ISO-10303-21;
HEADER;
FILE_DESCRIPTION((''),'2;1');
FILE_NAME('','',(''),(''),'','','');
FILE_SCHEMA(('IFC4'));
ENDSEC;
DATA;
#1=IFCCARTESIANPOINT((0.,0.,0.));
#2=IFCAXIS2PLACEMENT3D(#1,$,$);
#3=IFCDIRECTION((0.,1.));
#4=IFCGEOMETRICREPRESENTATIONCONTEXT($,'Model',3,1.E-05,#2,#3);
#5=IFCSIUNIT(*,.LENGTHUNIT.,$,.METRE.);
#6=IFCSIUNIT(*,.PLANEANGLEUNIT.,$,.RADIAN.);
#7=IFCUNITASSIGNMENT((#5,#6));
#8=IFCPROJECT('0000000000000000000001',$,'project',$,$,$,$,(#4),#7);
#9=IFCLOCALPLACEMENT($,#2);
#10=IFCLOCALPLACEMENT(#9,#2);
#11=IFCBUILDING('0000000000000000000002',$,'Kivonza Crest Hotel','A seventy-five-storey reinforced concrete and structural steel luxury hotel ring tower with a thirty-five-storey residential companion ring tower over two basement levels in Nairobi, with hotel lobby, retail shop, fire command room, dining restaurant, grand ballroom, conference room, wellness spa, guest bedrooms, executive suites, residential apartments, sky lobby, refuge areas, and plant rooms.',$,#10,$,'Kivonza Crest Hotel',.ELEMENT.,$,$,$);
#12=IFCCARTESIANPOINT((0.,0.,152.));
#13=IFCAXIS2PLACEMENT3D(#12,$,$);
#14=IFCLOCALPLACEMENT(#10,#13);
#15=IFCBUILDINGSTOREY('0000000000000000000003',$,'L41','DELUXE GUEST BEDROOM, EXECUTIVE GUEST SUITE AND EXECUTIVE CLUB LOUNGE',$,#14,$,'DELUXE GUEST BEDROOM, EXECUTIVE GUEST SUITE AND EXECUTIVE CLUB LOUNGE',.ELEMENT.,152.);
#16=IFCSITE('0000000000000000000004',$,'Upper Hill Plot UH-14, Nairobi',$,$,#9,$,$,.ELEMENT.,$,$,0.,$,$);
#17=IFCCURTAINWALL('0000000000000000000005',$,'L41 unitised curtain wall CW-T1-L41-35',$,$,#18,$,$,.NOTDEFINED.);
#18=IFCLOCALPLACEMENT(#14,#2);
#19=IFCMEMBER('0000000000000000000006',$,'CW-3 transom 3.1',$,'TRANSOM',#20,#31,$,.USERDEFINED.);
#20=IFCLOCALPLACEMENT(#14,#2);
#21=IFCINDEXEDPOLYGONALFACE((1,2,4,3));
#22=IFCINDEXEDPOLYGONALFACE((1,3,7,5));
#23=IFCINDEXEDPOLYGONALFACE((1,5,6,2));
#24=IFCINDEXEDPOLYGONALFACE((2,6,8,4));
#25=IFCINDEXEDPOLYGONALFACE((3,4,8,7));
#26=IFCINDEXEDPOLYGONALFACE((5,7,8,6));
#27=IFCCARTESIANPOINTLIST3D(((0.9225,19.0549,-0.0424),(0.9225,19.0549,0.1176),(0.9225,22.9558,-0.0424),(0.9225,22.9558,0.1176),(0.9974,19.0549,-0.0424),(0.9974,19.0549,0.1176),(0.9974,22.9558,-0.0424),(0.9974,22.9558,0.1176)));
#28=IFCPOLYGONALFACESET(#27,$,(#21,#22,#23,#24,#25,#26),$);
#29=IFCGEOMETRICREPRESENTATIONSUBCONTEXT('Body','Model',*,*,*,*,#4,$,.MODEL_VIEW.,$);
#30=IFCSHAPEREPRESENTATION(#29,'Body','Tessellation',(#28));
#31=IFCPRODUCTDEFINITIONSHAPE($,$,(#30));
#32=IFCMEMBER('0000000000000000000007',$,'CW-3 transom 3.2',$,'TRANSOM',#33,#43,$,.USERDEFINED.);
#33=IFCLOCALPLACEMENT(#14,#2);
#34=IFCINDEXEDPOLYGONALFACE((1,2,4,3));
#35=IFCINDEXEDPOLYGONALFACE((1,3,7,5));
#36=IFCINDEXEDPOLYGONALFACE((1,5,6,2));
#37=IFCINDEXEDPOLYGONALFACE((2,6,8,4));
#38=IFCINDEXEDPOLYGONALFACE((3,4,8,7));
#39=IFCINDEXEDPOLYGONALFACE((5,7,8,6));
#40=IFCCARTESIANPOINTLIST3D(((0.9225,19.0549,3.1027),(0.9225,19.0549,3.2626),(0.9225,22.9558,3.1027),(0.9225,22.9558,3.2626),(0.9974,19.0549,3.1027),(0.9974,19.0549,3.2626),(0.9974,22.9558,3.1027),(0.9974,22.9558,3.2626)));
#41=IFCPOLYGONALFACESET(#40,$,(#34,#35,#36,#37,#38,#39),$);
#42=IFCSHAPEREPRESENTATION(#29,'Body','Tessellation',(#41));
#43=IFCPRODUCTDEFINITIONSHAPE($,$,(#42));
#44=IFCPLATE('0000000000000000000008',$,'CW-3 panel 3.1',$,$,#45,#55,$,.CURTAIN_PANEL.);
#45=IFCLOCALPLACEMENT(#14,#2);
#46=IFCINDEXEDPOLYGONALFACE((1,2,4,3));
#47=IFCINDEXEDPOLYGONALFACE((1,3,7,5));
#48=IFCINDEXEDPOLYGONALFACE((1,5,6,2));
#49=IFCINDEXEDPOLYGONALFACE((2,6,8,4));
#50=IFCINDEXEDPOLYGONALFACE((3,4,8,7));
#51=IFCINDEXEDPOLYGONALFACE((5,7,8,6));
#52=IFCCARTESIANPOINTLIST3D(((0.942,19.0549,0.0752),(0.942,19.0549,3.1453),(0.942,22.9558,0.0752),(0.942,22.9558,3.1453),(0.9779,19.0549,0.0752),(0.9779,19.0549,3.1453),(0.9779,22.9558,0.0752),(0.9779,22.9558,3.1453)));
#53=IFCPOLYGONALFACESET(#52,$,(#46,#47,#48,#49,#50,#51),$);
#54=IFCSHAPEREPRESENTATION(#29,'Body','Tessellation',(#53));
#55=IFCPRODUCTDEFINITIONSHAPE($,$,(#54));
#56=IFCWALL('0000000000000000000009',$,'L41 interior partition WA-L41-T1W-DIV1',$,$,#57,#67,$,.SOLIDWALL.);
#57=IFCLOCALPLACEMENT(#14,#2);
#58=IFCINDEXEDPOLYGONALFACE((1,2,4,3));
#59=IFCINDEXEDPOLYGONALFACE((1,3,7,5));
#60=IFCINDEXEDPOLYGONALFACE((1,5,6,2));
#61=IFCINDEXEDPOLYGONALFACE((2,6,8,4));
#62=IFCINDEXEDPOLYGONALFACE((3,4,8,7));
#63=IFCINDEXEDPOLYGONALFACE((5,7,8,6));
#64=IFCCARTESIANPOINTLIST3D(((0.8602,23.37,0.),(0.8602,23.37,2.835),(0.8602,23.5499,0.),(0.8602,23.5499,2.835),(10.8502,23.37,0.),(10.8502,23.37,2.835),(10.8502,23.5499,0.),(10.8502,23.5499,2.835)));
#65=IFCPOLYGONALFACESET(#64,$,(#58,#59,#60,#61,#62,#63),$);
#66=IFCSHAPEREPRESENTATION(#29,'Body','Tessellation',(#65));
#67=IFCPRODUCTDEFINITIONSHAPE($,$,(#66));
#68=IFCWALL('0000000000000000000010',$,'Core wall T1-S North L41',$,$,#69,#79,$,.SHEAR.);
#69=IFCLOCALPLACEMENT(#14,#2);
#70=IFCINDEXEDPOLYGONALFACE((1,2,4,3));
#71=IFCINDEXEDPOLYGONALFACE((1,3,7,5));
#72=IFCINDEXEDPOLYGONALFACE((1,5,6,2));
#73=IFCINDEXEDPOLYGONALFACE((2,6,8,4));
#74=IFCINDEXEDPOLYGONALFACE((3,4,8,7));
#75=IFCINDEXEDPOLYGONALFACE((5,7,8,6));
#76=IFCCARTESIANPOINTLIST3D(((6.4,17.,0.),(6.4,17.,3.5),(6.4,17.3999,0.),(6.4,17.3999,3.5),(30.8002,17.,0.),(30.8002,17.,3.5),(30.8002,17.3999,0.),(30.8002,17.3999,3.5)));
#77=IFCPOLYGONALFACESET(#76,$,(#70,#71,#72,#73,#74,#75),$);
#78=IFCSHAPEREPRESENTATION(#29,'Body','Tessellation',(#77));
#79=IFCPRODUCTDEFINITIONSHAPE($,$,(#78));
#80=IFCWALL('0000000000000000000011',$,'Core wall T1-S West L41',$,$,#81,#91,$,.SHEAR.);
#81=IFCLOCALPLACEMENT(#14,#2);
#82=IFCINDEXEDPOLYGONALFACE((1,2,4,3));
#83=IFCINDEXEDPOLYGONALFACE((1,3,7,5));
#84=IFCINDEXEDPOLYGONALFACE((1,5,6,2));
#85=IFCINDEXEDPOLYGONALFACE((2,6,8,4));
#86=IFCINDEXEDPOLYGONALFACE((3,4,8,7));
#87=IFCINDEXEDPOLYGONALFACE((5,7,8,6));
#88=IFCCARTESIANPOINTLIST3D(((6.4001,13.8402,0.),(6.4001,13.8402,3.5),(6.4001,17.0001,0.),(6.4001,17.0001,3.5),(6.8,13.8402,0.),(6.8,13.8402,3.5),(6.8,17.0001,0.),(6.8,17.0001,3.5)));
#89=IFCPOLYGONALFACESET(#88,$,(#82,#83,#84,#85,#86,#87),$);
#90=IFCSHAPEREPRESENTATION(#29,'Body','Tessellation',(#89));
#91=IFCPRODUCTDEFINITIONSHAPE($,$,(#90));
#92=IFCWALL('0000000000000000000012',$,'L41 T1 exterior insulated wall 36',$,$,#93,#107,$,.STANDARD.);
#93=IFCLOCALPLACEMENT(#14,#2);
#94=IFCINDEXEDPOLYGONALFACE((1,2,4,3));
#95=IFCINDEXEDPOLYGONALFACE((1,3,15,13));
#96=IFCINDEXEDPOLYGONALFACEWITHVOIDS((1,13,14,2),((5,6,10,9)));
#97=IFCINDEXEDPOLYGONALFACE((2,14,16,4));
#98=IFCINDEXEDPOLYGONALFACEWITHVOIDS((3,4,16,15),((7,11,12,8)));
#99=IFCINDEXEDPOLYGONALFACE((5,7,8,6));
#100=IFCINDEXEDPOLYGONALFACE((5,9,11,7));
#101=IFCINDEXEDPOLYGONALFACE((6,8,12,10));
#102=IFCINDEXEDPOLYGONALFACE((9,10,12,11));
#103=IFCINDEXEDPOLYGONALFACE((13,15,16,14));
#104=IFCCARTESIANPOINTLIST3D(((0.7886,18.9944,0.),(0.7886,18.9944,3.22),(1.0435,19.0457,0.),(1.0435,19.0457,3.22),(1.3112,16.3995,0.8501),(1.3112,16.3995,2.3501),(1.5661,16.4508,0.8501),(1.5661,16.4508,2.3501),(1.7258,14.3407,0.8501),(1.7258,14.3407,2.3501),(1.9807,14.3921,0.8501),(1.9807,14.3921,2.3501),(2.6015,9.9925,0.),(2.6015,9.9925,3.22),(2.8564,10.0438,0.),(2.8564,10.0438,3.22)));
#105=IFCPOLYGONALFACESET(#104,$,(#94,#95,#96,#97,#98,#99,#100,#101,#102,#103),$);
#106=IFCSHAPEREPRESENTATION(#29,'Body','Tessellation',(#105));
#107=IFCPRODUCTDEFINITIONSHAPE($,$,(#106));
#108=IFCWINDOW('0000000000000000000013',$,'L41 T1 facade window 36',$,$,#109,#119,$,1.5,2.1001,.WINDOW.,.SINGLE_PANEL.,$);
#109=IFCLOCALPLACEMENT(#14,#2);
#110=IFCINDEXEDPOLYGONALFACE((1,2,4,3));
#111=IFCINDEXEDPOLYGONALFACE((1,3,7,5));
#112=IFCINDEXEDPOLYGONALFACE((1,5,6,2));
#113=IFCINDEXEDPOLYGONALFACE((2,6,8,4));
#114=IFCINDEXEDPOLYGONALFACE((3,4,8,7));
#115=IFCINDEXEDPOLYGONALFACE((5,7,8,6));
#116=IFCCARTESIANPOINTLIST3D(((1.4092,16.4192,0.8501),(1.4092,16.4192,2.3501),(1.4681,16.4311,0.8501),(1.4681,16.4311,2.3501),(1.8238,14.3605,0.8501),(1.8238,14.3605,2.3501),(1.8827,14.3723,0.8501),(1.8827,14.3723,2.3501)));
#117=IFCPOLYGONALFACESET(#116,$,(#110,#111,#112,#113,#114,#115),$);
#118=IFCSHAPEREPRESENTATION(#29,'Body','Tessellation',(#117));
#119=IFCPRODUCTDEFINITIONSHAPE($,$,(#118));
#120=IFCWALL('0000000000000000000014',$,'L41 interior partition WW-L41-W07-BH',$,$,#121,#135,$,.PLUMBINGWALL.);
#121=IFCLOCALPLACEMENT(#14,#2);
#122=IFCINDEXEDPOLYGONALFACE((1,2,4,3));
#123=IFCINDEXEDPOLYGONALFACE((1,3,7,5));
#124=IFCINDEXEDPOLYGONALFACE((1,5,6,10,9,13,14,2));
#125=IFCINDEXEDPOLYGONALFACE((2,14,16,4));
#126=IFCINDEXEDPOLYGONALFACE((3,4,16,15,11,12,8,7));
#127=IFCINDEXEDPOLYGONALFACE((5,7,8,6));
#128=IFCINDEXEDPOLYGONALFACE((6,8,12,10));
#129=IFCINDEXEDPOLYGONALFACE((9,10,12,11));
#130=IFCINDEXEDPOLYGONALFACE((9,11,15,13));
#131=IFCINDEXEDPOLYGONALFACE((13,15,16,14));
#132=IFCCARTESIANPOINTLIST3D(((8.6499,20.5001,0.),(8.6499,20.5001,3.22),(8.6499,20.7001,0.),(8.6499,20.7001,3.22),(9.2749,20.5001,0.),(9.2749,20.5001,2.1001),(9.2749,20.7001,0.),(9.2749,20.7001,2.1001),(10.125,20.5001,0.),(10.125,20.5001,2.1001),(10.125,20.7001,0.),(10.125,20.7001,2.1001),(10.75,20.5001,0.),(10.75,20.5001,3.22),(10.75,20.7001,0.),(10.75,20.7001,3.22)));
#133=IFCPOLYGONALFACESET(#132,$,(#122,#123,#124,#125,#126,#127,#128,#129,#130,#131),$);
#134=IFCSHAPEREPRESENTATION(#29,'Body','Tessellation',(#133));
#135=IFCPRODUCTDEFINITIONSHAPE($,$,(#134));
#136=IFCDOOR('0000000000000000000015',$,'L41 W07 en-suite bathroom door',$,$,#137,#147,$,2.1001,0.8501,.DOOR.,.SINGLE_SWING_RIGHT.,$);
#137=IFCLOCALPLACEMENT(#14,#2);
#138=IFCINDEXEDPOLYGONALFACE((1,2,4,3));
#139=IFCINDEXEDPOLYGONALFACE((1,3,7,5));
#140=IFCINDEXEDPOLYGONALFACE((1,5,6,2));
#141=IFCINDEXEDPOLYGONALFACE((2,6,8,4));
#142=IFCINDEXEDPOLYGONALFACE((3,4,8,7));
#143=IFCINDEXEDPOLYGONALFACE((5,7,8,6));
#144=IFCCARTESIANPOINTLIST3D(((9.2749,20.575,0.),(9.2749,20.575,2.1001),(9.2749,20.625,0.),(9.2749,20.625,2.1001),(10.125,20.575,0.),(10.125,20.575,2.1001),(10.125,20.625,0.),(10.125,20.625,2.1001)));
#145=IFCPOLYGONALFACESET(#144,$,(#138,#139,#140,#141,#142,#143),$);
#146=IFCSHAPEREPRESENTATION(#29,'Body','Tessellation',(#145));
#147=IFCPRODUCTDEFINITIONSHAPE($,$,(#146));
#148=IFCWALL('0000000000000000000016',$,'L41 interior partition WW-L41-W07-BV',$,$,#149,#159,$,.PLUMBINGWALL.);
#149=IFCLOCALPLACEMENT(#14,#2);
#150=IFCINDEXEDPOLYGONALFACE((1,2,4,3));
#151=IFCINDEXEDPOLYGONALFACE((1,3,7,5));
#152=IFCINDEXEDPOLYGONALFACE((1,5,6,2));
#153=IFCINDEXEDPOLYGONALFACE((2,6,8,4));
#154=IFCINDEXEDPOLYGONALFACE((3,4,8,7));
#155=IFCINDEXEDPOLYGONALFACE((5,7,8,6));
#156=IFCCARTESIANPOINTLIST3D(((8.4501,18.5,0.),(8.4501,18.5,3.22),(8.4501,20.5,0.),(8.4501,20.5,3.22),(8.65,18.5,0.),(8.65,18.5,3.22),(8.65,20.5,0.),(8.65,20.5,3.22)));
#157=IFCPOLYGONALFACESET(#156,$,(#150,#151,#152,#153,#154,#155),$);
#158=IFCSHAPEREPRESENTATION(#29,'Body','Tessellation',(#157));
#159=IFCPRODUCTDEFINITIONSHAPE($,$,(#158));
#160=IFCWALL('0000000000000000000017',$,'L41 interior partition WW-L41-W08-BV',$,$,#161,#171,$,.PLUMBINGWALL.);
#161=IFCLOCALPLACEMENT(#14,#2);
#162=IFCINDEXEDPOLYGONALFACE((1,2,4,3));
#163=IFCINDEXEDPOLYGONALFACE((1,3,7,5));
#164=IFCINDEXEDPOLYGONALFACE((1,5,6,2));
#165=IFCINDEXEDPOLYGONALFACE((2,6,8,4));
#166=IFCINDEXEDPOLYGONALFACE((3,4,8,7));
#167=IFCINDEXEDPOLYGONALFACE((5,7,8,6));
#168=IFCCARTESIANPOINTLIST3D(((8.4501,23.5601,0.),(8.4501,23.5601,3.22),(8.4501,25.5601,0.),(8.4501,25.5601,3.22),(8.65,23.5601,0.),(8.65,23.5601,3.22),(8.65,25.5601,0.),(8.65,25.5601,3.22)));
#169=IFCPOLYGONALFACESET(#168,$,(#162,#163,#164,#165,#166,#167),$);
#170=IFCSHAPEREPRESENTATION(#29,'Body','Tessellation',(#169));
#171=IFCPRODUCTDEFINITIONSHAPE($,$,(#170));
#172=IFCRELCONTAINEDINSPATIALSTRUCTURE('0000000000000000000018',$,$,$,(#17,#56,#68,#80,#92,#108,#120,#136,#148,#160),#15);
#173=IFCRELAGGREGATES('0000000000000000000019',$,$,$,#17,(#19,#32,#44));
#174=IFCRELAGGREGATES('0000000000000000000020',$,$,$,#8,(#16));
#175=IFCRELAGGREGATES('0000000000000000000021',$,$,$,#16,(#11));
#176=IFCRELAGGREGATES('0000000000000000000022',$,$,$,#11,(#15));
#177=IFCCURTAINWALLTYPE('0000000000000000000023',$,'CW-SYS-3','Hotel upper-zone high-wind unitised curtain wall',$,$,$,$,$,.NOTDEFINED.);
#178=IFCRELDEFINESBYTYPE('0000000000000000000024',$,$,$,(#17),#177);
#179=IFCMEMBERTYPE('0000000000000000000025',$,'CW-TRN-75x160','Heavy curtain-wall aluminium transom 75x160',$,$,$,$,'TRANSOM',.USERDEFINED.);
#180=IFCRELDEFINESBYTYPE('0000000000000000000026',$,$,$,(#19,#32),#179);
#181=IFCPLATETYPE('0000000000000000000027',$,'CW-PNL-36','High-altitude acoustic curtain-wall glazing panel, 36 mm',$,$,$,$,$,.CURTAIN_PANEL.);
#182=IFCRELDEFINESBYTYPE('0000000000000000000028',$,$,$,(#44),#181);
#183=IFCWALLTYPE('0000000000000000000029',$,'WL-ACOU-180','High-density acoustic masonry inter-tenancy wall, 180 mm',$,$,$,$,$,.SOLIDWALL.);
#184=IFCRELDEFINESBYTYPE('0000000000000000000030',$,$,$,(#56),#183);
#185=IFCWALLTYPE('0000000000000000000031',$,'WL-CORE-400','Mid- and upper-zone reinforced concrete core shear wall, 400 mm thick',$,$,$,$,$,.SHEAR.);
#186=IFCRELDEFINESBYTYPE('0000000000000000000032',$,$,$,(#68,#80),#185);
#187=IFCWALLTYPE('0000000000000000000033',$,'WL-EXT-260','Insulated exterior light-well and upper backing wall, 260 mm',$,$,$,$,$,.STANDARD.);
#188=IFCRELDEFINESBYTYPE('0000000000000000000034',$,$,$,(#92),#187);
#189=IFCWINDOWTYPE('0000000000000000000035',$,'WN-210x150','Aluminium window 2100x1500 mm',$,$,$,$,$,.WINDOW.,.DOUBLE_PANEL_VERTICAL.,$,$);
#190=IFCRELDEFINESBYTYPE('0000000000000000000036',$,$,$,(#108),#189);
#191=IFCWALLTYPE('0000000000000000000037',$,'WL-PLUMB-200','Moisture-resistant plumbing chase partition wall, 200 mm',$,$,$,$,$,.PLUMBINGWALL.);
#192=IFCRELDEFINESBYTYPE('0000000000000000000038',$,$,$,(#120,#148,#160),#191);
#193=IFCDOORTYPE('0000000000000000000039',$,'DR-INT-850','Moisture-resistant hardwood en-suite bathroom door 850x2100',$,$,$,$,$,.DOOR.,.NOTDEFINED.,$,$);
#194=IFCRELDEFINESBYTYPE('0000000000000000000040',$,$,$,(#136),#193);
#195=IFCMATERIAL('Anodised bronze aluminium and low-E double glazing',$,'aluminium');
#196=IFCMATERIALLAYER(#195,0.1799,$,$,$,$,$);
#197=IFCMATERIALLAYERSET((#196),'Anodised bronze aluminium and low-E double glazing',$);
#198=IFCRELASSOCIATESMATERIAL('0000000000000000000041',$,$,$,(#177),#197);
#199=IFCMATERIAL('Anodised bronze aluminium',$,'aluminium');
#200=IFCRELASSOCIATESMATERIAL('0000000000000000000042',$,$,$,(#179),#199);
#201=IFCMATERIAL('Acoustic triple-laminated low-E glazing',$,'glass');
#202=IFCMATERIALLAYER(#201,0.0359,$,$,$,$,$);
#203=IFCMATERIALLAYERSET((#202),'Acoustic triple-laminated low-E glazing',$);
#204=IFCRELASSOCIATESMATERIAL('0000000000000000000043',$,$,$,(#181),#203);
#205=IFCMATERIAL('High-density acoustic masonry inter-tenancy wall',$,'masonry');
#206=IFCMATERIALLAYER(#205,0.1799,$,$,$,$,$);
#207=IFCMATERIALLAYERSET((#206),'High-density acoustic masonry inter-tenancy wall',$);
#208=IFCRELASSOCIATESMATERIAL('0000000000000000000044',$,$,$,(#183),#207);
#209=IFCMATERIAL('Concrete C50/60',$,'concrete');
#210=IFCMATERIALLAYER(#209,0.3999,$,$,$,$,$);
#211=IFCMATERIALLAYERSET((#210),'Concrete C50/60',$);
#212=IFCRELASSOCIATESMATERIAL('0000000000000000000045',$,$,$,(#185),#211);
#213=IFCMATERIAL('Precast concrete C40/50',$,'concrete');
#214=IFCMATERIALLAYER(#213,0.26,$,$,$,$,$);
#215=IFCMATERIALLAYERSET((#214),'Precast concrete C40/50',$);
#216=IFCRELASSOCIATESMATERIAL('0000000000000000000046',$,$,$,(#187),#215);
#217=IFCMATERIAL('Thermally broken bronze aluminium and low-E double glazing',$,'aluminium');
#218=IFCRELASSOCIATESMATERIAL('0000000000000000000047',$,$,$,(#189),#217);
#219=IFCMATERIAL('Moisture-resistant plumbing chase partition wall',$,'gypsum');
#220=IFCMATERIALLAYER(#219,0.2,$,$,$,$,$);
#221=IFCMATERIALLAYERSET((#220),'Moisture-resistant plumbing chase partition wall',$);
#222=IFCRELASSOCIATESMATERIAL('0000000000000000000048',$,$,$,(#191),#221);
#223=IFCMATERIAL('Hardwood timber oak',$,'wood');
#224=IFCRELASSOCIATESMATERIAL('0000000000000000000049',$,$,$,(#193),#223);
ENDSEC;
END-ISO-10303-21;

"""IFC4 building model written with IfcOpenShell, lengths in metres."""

from ifc_helpers import new_model, si_unit, direction, frame, frame_2d, origin, origin_2d, place, context, subcontext, project, spatial, rectangle, extrude, material, layer, layer_set, material_profile, profile_set, type_object, element, fill, aggregate, save


model = new_model("IFC4")

# Units and contexts
model_context = context("Model", 3, precision=1e-05, world=origin(), true_north=direction((0.0, 1.0)))
body_context = subcontext(model_context, "Body", "Model", "MODEL_VIEW")
ifc_project = project(units=[si_unit("LENGTHUNIT", "METRE"), si_unit("PLANEANGLEUNIT", "RADIAN")], contexts=[model_context])

# Site, building, storey
site_placement = place(None, origin())
site = spatial("IfcSite", under=ifc_project, at=site_placement, Name="Upper Hill Plot UH-14, Nairobi", CompositionType="ELEMENT", RefElevation=0.0)
building_placement = place(site_placement, origin())
building = spatial("IfcBuilding", under=site, at=building_placement, Name="Kivonza Crest Hotel", Description="A seventy-five-storey reinforced concrete and structural steel luxury hotel ring tower with a thirty-five-storey residential companion ring tower over two basement levels in Nairobi, with hotel lobby, retail shop, fire command room, dining restaurant, grand ballroom, conference room, wellness spa, guest bedrooms, executive suites, residential apartments, sky lobby, refuge areas, and plant rooms.", LongName="Kivonza Crest Hotel", CompositionType="ELEMENT")
storey_placement = place(building_placement, frame((0.0, 0.0, 152.0)))
storey = spatial("IfcBuildingStorey", under=building, at=storey_placement, Name="L41", Description="DELUXE GUEST BEDROOM, EXECUTIVE GUEST SUITE AND EXECUTIVE CLUB LOUNGE", LongName="DELUXE GUEST BEDROOM, EXECUTIVE GUEST SUITE AND EXECUTIVE CLUB LOUNGE", CompositionType="ELEMENT", Elevation=152.0)

# Shared definitions
ifc_material_1 = material(Name="Concrete C50/60", Category="concrete")

# Curtain wall, members, plate
ifc_material_2 = material(Name="Anodised bronze aluminium and low-E double glazing", Category="aluminium")
ifc_layer_1 = layer(ifc_material_2, 0.1799)
ifc_layer_set_1 = layer_set([ifc_layer_1], Name="Anodised bronze aluminium and low-E double glazing")
curtain_wall_type = type_object("IfcCurtainWallType", Name="CW-SYS-3", Description="Hotel upper-zone high-wind unitised curtain wall", PredefinedType="NOTDEFINED", material=ifc_layer_set_1)
curtain_wall_placement = place(storey_placement, origin())
curtain_wall = element("IfcCurtainWall", 1, at=curtain_wall_placement, inside=storey, type_object=curtain_wall_type, Name="L41 unitised curtain wall CW-T1-L41-35", PredefinedType="NOTDEFINED")
ifc_material_3 = material(Name="Anodised bronze aluminium", Category="aluminium")
ifc_material_profile_1 = material_profile(ifc_material_3, rectangle(XDim=0.075, YDim=0.1599, at=origin_2d()), Name="CW-T 75x160")
ifc_profile_set_1 = profile_set([ifc_material_profile_1], Name="Anodised bronze aluminium")
member_type_1 = type_object("IfcMemberType", Name="CW-TRN-75x160", Description="Heavy curtain-wall aluminium transom 75x160", ElementType="TRANSOM", PredefinedType="USERDEFINED", material=ifc_profile_set_1)
member_1_placement = place(storey_placement, frame((0.96, 22.9558, 0.0376), z_axis=(0.0, -1.0, 0.0), x_axis=(1.0, 0.0, 0.0)))
member_1 = element("IfcMember", 2, at=member_1_placement, type_object=member_type_1, Name="CW-3 transom 3.1", ObjectType="TRANSOM", PredefinedType="USERDEFINED", context=body_context, shape_type="SweptSolid", body=[
    extrude(rectangle(XDim=0.075, YDim=0.1599, at=origin_2d()), origin(), (0.0, 0.0, 1.0), 3.9009),
])
member_2_placement = place(storey_placement, frame((0.96, 22.9558, 3.1826), z_axis=(0.0, -1.0, 0.0), x_axis=(1.0, 0.0, 0.0)))
member_2 = element("IfcMember", 3, at=member_2_placement, type_object=member_type_1, Name="CW-3 transom 3.2", ObjectType="TRANSOM", PredefinedType="USERDEFINED", context=body_context, shape_type="SweptSolid", body=[
    extrude(rectangle(XDim=0.075, YDim=0.1599, at=origin_2d()), origin(), (0.0, 0.0, 1.0), 3.9009),
])
ifc_material_4 = material(Name="Acoustic triple-laminated low-E glazing", Category="glass")
ifc_layer_2 = layer(ifc_material_4, 0.0359)
ifc_layer_set_2 = layer_set([ifc_layer_2], Name="Acoustic triple-laminated low-E glazing")
plate_type = type_object("IfcPlateType", Name="CW-PNL-36", Description="High-altitude acoustic curtain-wall glazing panel, 36 mm", PredefinedType="CURTAIN_PANEL", material=ifc_layer_set_2)
plate_placement = place(storey_placement, frame((0.96, 21.0054, 0.0752), z_axis=(0.0, 0.0, 1.0), x_axis=(0.0, -1.0, 0.0)))
plate = element("IfcPlate", 4, at=plate_placement, type_object=plate_type, Name="CW-3 panel 3.1", PredefinedType="CURTAIN_PANEL", context=body_context, shape_type="SweptSolid", body=[
    extrude(rectangle(XDim=3.9009, YDim=0.0359, at=origin_2d()), origin(), (0.0, 0.0, 1.0), 3.0701),
])
aggregate(curtain_wall, [member_1, member_2, plate])

# Walls
ifc_material_5 = material(Name="High-density acoustic masonry inter-tenancy wall", Category="masonry")
ifc_layer_3 = layer(ifc_material_5, 0.1799)
ifc_layer_set_3 = layer_set([ifc_layer_3], Name="High-density acoustic masonry inter-tenancy wall")
wall_type_1 = type_object("IfcWallType", Name="WL-ACOU-180", Description="High-density acoustic masonry inter-tenancy wall, 180 mm", PredefinedType="SOLIDWALL", material=ifc_layer_set_3)
wall_1_placement = place(storey_placement, frame((0.8601, 23.46, 0.0), z_axis=(0.0, 0.0, 1.0), x_axis=(1.0, 0.0, 0.0)))
element("IfcWall", 5, at=wall_1_placement, inside=storey, type_object=wall_type_1, Name="L41 interior partition WA-L41-T1W-DIV1", PredefinedType="SOLIDWALL", context=body_context, shape_type="SweptSolid", body=[
    extrude(rectangle(XDim=9.99, YDim=0.1799, at=frame_2d((4.9951, 0.0))), origin(), (0.0, 0.0, 1.0), 2.835),
])
ifc_layer_4 = layer(ifc_material_1, 0.3999)
ifc_layer_set_4 = layer_set([ifc_layer_4], Name="Concrete C50/60")
wall_type_2 = type_object("IfcWallType", Name="WL-CORE-400", Description="Mid- and upper-zone reinforced concrete core shear wall, 400 mm thick", PredefinedType="SHEAR", material=ifc_layer_set_4)
wall_2_placement = place(storey_placement, frame((6.3999, 17.2, 0.0), z_axis=(0.0, 0.0, 1.0), x_axis=(1.0, 0.0, 0.0)))
element("IfcWall", 6, at=wall_2_placement, inside=storey, type_object=wall_type_2, Name="Core wall T1-S North L41", PredefinedType="SHEAR", context=body_context, shape_type="SweptSolid", body=[
    extrude(rectangle(XDim=24.4001, YDim=0.3999, at=frame_2d((12.2002, 0.0))), origin(), (0.0, 0.0, 1.0), 3.5),
])
wall_3_placement = place(storey_placement, frame((6.6001, 13.8401, 0.0), z_axis=(0.0, 0.0, 1.0), x_axis=(0.0, 1.0, 0.0)))
element("IfcWall", 7, at=wall_3_placement, inside=storey, type_object=wall_type_2, Name="Core wall T1-S West L41", PredefinedType="SHEAR", context=body_context, shape_type="SweptSolid", body=[
    extrude(rectangle(XDim=3.1599, YDim=0.3999, at=frame_2d((1.5801, 0.0))), origin(), (0.0, 0.0, 1.0), 3.5),
])

# Wall, opening, window
ifc_material_6 = material(Name="Precast concrete C40/50", Category="concrete")
ifc_layer_5 = layer(ifc_material_6, 0.26)
ifc_layer_set_5 = layer_set([ifc_layer_5], Name="Precast concrete C40/50")
wall_type_3 = type_object("IfcWallType", Name="WL-EXT-260", Description="Insulated exterior light-well and upper backing wall, 260 mm", PredefinedType="STANDARD", material=ifc_layer_set_5)
wall_4_placement = place(storey_placement, frame((0.916, 19.02, 0.0), z_axis=(0.0, 0.0, 1.0), x_axis=(0.197435, -0.980316, 0.0)))
wall_4 = element("IfcWall", 8, at=wall_4_placement, inside=storey, type_object=wall_type_3, Name="L41 T1 exterior insulated wall 36", PredefinedType="STANDARD", context=body_context, shape_type="SweptSolid", body=[
    extrude(rectangle(XDim=9.1826, YDim=0.26, at=frame_2d((4.5913, 0.0))), origin(), (0.0, 0.0, 1.0), 3.22),
])
opening_1_placement = place(wall_4_placement, frame((2.647, 0.0, 0.8501)))
opening_1 = element("IfcOpeningElement", 9, at=opening_1_placement, cuts=wall_4, PredefinedType="OPENING", context=body_context, shape_type="SweptSolid", body=[
    extrude(rectangle(XDim=2.1001, YDim=1.5, at=frame_2d((1.05, 0.75))), frame((0.0, 0.1401, 0.0), z_axis=(0.0, -1.0, 0.0), x_axis=(1.0, 0.0, 0.0)), (0.0, 0.0, 1.0), 0.28),
])
ifc_material_7 = material(Name="Thermally broken bronze aluminium and low-E double glazing", Category="aluminium")
window_type = type_object("IfcWindowType", Name="WN-210x150", Description="Aluminium window 2100x1500 mm", PartitioningType="DOUBLE_PANEL_VERTICAL", PredefinedType="WINDOW", material=ifc_material_7)
window_placement = place(opening_1_placement, origin())
window = element("IfcWindow", 10, at=window_placement, inside=storey, type_object=window_type, Name="L41 T1 facade window 36", OverallHeight=1.5, OverallWidth=2.1001, PartitioningType="SINGLE_PANEL", PredefinedType="WINDOW", context=body_context, shape_type="SweptSolid", body=[
    extrude(rectangle(XDim=2.1001, YDim=1.5, at=frame_2d((1.05, 0.75))), frame((0.0, 0.03, 0.0), z_axis=(0.0, -1.0, 0.0), x_axis=(1.0, 0.0, 0.0)), (0.0, 0.0, 1.0), 0.0601),
])
fill(opening_1, window)

# Wall, opening, door
ifc_material_8 = material(Name="Moisture-resistant plumbing chase partition wall", Category="gypsum")
ifc_layer_6 = layer(ifc_material_8, 0.2)
ifc_layer_set_6 = layer_set([ifc_layer_6], Name="Moisture-resistant plumbing chase partition wall")
wall_type_4 = type_object("IfcWallType", Name="WL-PLUMB-200", Description="Moisture-resistant plumbing chase partition wall, 200 mm", PredefinedType="PLUMBINGWALL", material=ifc_layer_set_6)
wall_5_placement = place(storey_placement, frame((8.6499, 20.6001, 0.0), z_axis=(0.0, 0.0, 1.0), x_axis=(1.0, 0.0, 0.0)))
wall_5 = element("IfcWall", 11, at=wall_5_placement, inside=storey, type_object=wall_type_4, Name="L41 interior partition WW-L41-W07-BH", PredefinedType="PLUMBINGWALL", context=body_context, shape_type="SweptSolid", body=[
    extrude(rectangle(XDim=2.1001, YDim=0.2, at=frame_2d((1.05, 0.0))), origin(), (0.0, 0.0, 1.0), 3.22),
])
opening_2_placement = place(wall_5_placement, frame((0.625, 0.0, 0.0)))
opening_2 = element("IfcOpeningElement", 12, at=opening_2_placement, cuts=wall_5, PredefinedType="OPENING", context=body_context, shape_type="SweptSolid", body=[
    extrude(rectangle(XDim=0.8501, YDim=2.1001, at=frame_2d((0.425, 1.05))), frame((0.0, 0.1099, 0.0), z_axis=(0.0, -1.0, 0.0), x_axis=(1.0, 0.0, 0.0)), (0.0, 0.0, 1.0), 0.22),
])
ifc_material_9 = material(Name="Hardwood timber oak", Category="wood")
door_type = type_object("IfcDoorType", Name="DR-INT-850", Description="Moisture-resistant hardwood en-suite bathroom door 850x2100", OperationType="NOTDEFINED", PredefinedType="DOOR", material=ifc_material_9)
door_placement = place(opening_2_placement, origin())
door = element("IfcDoor", 13, at=door_placement, inside=storey, type_object=door_type, Name="L41 W07 en-suite bathroom door", OperationType="SINGLE_SWING_RIGHT", OverallHeight=2.1001, OverallWidth=0.8501, PredefinedType="DOOR", context=body_context, shape_type="SweptSolid", body=[
    extrude(rectangle(XDim=0.8501, YDim=2.1001, at=frame_2d((0.425, 1.05))), frame((0.0, 0.0249, 0.0), z_axis=(0.0, -1.0, 0.0), x_axis=(1.0, 0.0, 0.0)), (0.0, 0.0, 1.0), 0.05),
])
fill(opening_2, door)

# Walls
for number, where, z_axis, x_axis, name in (
    (14, (8.55, 18.5, 0.0), (0.0, 0.0, 1.0), (0.0, 1.0, 0.0), "L41 interior partition WW-L41-W07-BV"),
    (15, (8.55, 23.5601, 0.0), (0.0, 0.0, 1.0), (0.0, 1.0, 0.0), "L41 interior partition WW-L41-W08-BV"),
):
    element("IfcWall", number, at=place(storey_placement, frame(where, z_axis=z_axis, x_axis=x_axis)), inside=storey, type_object=wall_type_4, Name=name, PredefinedType="PLUMBINGWALL", context=body_context, shape_type="SweptSolid", body=[
        extrude(rectangle(XDim=2.0, YDim=0.2, at=frame_2d((1.0, 0.0))), origin(), (0.0, 0.0, 1.0), 3.22),
    ])

save(model, "model.ifc")
